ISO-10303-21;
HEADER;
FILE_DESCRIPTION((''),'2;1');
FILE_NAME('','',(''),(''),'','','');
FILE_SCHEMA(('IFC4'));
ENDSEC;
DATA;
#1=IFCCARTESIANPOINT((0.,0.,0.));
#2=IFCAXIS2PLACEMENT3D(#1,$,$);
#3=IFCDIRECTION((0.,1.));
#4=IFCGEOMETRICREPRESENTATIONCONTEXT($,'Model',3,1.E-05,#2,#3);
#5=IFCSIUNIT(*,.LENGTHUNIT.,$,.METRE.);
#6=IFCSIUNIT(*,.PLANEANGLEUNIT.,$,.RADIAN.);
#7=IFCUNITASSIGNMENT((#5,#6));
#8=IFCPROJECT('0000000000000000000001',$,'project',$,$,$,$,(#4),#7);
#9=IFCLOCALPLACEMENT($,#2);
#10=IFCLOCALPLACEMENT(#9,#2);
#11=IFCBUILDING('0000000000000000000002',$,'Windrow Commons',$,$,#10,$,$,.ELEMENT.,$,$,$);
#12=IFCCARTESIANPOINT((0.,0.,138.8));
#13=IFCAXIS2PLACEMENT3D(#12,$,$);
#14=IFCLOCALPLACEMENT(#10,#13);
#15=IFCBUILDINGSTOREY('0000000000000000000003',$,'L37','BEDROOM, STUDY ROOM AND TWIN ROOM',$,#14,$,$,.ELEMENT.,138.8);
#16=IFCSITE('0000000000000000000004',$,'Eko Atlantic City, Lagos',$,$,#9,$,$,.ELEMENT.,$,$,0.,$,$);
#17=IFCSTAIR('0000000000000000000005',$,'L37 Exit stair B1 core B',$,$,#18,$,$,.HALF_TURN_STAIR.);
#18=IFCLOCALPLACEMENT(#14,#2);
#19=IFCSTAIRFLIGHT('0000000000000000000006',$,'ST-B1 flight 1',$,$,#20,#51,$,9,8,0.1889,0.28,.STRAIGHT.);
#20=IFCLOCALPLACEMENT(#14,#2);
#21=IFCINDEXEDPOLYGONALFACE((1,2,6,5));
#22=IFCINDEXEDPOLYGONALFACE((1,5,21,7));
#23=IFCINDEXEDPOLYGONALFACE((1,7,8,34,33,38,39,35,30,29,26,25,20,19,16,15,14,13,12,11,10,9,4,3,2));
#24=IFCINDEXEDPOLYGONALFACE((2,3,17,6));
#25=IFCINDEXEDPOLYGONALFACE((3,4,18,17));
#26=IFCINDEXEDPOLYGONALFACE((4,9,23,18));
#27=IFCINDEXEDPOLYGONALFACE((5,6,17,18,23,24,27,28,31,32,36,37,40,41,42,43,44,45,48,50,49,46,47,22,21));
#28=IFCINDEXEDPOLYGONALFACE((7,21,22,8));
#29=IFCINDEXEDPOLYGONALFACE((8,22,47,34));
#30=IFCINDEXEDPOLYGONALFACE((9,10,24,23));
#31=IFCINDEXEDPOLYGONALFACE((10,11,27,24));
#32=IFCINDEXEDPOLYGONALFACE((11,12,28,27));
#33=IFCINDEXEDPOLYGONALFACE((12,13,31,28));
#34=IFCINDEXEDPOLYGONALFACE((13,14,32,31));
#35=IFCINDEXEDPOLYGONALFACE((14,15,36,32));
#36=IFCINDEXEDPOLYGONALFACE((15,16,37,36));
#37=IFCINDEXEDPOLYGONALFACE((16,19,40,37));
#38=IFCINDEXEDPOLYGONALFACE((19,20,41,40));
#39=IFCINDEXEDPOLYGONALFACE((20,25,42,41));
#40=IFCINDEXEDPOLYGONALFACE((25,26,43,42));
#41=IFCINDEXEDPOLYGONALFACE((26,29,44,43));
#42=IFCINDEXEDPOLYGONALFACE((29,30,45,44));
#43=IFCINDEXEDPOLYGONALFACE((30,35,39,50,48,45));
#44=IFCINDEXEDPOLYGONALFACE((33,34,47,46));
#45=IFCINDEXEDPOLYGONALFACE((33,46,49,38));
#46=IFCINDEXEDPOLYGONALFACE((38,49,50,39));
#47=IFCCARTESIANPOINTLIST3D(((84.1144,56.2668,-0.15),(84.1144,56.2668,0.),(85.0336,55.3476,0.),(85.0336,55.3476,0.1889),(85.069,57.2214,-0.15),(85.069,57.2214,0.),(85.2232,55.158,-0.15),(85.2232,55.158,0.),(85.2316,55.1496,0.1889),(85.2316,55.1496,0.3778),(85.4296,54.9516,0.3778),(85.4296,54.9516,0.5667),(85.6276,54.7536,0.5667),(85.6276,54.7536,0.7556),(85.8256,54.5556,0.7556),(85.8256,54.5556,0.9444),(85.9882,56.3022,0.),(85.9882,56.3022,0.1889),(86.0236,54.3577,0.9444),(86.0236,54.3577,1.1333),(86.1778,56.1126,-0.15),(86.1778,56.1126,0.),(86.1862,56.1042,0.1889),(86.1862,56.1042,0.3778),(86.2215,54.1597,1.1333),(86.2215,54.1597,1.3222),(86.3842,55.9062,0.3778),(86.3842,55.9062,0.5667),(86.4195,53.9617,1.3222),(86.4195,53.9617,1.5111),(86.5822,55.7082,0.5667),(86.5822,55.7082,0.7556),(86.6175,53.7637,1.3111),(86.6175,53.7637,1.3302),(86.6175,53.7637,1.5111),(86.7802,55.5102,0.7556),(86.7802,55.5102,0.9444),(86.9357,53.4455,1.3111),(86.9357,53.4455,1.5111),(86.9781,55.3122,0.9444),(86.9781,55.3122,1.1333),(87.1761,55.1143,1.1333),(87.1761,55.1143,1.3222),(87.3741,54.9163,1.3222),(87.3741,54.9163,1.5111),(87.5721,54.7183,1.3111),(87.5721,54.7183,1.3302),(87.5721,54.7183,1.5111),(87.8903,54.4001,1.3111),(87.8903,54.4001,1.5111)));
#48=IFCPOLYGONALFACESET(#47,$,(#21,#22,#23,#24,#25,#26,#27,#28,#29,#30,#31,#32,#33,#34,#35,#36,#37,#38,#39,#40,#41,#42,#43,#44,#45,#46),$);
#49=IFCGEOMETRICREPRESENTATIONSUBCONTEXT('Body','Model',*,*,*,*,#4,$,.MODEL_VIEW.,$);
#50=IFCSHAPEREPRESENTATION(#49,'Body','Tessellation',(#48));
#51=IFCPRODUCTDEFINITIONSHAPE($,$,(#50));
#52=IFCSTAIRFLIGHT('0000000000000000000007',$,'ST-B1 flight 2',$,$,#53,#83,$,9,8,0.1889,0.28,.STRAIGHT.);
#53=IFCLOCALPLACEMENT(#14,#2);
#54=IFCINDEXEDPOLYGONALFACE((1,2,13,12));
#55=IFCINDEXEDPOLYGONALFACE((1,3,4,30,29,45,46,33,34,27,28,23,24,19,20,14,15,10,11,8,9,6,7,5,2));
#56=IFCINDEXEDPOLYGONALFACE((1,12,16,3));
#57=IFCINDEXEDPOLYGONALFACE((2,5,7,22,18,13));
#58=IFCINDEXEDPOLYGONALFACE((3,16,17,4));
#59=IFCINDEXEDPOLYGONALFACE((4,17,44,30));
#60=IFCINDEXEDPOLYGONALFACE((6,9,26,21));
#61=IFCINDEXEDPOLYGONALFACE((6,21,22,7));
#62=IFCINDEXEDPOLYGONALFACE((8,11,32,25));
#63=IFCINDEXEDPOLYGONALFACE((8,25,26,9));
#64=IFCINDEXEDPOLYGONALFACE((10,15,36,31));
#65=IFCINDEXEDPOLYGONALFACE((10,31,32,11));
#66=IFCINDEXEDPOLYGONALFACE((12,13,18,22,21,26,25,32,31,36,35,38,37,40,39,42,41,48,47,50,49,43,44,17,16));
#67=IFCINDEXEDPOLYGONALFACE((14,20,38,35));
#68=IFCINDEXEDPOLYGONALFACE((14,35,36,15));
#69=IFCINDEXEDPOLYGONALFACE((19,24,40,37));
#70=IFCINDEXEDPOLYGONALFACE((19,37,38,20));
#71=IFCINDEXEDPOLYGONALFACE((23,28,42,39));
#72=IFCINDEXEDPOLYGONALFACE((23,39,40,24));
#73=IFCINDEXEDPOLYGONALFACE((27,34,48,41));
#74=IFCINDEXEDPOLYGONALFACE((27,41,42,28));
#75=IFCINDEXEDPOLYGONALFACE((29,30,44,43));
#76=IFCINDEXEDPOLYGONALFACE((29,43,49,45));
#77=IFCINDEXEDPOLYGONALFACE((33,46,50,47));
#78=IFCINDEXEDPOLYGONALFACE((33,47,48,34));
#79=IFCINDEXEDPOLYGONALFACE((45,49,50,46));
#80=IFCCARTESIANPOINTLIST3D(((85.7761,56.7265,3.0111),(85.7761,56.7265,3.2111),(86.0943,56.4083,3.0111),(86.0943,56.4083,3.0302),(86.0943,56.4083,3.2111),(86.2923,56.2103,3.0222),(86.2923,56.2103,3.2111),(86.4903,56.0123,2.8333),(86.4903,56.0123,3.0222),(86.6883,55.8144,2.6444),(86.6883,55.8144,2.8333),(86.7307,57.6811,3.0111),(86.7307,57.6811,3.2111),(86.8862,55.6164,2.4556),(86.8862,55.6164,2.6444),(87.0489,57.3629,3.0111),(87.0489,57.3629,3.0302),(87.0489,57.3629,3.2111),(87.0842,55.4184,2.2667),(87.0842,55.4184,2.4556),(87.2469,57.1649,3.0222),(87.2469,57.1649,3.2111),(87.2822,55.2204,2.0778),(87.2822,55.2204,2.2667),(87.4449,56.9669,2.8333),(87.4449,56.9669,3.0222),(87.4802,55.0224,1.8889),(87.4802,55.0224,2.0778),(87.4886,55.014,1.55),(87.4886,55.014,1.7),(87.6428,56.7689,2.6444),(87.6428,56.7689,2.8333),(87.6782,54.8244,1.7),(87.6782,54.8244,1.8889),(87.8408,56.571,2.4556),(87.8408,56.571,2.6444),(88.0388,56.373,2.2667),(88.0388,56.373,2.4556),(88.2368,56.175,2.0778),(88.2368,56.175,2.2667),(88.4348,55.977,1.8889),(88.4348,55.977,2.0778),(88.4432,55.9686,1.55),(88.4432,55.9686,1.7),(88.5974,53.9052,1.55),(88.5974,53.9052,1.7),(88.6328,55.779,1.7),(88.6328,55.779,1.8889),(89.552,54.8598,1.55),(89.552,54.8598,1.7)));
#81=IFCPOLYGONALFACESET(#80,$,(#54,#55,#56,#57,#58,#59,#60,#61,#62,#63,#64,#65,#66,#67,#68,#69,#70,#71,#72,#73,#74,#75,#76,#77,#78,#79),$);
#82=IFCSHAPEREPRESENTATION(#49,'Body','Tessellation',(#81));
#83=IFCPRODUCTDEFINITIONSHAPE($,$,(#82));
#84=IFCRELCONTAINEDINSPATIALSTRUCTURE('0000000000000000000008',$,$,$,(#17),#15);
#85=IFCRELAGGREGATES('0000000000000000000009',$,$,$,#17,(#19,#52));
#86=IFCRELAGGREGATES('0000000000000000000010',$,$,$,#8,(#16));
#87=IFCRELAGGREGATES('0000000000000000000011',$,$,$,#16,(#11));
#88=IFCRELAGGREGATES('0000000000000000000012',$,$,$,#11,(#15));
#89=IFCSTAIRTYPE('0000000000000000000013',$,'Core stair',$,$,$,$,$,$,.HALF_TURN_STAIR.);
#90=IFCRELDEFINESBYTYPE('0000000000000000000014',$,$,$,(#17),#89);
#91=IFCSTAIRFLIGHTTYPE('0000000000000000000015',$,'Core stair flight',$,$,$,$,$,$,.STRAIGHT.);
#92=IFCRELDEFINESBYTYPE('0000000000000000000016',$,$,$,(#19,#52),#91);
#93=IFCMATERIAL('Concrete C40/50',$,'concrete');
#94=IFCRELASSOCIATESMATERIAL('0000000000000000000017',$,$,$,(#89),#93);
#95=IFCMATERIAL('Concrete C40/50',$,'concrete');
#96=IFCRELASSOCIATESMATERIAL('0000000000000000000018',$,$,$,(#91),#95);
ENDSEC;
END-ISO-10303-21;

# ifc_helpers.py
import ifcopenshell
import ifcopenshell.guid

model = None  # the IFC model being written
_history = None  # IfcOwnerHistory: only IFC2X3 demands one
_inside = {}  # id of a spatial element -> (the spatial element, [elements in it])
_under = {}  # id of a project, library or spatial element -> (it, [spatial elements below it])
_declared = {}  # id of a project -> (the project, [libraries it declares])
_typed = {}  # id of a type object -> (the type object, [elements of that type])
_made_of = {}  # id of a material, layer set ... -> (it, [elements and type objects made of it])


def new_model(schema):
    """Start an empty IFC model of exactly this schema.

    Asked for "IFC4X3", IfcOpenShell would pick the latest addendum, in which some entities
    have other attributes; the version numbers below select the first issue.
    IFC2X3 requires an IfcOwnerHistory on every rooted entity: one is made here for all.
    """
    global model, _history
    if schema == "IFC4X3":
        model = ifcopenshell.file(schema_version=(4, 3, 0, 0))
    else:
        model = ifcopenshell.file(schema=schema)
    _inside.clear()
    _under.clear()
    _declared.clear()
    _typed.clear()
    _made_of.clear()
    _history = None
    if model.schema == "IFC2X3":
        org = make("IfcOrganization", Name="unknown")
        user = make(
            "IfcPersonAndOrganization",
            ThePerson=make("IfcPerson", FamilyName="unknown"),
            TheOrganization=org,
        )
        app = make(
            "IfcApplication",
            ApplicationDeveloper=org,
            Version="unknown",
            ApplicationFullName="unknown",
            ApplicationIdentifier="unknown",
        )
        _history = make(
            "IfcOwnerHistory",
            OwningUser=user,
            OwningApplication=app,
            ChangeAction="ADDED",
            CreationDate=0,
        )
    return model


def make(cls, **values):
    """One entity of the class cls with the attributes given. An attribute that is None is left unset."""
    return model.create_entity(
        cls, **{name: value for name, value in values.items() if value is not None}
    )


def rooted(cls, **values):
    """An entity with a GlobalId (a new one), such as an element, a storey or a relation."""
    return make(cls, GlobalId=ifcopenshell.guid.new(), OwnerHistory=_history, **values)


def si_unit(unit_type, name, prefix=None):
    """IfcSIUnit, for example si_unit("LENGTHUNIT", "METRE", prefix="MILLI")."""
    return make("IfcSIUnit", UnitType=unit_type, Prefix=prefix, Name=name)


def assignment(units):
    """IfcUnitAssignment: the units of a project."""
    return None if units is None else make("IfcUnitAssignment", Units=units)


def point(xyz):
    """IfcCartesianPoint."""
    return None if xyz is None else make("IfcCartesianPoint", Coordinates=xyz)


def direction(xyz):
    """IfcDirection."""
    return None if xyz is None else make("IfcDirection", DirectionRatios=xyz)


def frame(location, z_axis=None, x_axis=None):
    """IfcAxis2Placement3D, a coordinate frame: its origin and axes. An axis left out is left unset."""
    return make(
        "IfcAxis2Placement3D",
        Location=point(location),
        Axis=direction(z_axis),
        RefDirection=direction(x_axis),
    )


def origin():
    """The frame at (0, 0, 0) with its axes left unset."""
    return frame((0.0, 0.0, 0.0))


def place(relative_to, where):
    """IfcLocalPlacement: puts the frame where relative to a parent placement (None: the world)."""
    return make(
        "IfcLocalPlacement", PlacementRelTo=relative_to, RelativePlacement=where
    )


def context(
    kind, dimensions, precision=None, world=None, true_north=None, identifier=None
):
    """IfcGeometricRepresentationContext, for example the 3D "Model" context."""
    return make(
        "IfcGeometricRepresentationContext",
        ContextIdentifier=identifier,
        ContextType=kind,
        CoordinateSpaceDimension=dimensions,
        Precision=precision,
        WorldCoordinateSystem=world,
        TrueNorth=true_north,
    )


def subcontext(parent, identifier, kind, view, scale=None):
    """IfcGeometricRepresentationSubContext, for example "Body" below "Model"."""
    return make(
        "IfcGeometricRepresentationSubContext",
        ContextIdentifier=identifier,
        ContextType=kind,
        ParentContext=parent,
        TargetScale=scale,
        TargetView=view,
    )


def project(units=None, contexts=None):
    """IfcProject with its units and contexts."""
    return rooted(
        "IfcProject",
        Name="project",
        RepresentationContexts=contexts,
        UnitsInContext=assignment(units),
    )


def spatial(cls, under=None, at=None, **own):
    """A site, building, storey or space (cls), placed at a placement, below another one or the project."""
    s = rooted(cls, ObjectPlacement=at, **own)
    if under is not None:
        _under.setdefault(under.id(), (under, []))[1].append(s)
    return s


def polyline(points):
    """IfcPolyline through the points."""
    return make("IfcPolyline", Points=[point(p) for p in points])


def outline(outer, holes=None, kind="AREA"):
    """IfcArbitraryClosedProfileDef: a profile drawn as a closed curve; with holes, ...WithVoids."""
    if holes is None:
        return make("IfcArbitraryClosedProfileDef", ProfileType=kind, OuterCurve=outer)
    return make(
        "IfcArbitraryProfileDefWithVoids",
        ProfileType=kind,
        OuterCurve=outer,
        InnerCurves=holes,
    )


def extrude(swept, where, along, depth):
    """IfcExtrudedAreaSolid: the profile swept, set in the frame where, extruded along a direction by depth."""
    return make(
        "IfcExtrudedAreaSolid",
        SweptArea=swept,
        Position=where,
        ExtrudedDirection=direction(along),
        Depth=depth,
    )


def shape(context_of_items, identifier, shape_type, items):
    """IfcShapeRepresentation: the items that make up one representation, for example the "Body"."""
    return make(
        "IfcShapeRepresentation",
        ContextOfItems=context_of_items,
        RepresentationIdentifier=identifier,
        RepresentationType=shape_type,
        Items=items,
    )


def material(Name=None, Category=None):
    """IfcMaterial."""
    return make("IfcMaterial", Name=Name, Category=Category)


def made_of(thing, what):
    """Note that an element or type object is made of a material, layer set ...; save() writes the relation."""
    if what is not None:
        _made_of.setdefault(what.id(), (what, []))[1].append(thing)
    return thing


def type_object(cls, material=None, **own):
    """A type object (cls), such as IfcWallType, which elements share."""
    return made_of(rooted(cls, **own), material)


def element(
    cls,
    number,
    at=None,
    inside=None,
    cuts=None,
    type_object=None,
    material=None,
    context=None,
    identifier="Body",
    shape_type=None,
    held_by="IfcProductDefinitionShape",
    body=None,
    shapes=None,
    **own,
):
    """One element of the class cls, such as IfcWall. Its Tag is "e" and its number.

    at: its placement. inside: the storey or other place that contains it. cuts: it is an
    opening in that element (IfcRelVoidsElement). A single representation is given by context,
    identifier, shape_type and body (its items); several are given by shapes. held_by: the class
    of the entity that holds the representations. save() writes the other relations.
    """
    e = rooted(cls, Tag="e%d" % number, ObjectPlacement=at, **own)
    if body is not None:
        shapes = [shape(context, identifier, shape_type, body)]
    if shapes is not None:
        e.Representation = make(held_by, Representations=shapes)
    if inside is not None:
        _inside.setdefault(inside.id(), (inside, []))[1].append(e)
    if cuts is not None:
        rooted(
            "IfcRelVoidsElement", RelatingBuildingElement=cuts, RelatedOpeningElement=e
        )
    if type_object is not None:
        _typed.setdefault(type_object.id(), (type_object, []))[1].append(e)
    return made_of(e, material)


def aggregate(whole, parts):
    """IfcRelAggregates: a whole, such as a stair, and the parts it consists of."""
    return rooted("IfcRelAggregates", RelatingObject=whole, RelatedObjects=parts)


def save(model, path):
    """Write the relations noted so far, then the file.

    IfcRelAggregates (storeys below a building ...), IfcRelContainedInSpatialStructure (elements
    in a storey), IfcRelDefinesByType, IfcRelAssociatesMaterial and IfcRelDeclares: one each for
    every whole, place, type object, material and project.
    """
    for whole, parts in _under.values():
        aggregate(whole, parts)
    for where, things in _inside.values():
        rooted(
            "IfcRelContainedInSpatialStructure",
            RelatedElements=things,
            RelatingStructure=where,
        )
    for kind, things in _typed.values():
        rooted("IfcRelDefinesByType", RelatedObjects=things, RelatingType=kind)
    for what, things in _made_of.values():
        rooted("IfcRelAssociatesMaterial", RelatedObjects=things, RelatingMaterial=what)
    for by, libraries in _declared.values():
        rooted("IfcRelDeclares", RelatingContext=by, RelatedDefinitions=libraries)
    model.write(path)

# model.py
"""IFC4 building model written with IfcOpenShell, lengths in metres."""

from ifc_helpers import new_model, si_unit, direction, frame, origin, place, context, subcontext, project, spatial, polyline, outline, extrude, material, type_object, element, aggregate, save


model = new_model("IFC4")

# Units and contexts
model_context = context("Model", 3, precision=1e-05, world=origin(), true_north=direction((0.0, 1.0)))
body_context = subcontext(model_context, "Body", "Model", "MODEL_VIEW")
ifc_project = project(units=[si_unit("LENGTHUNIT", "METRE"), si_unit("PLANEANGLEUNIT", "RADIAN")], contexts=[model_context])

# Site, building, storey
site_placement = place(None, origin())
site = spatial("IfcSite", under=ifc_project, at=site_placement, Name="Eko Atlantic City, Lagos", CompositionType="ELEMENT", RefElevation=0.0)
building_placement = place(site_placement, origin())
building = spatial("IfcBuilding", under=site, at=building_placement, Name="Windrow Commons", CompositionType="ELEMENT")
storey_placement = place(building_placement, frame((0.0, 0.0, 138.8)))
storey = spatial("IfcBuildingStorey", under=building, at=storey_placement, Name="L37", Description="BEDROOM, STUDY ROOM AND TWIN ROOM", CompositionType="ELEMENT", Elevation=138.8)

# Stair, stair flights
ifc_material_1 = material(Name="Concrete C40/50", Category="concrete")
stair_type = type_object("IfcStairType", Name="Core stair", PredefinedType="HALF_TURN_STAIR", material=ifc_material_1)
stair_placement = place(storey_placement, origin())
stair = element("IfcStair", 1, at=stair_placement, inside=storey, type_object=stair_type, Name="L37 Exit stair B1 core B", PredefinedType="HALF_TURN_STAIR")
ifc_material_2 = material(Name="Concrete C40/50", Category="concrete")
stair_flight_type = type_object("IfcStairFlightType", Name="Core stair flight", PredefinedType="STRAIGHT", material=ifc_material_2)
stair_flight_1_placement = place(storey_placement, frame((85.5109, 55.8249, 0.0), z_axis=(0.0, 0.0, 1.0), x_axis=(0.707107, -0.707107, 0.0)))
stair_flight_1 = element("IfcStairFlight", 2, at=stair_flight_1_placement, type_object=stair_flight_type, Name="ST-B1 flight 1", NumberOfRisers=9, NumberOfTreads=8, PredefinedType="STRAIGHT", RiserHeight=0.1889, TreadLength=0.28, context=body_context, shape_type="SweptSolid", body=[
    extrude(outline(polyline([(-1.3, -0.15), (-1.3, 0.0), (0.0, 0.0), (0.0, 0.1889), (0.28, 0.1889), (0.28, 0.3778), (0.56, 0.3778), (0.56, 0.5667), (0.84, 0.5667), (0.84, 0.7556), (1.12, 0.7556), (1.12, 0.9444), (1.4, 0.9444), (1.4, 1.1333), (1.68, 1.1333), (1.68, 1.3222), (1.96, 1.3222), (1.96, 1.5111), (2.24, 1.5111), (2.69, 1.5111), (2.69, 1.3111), (2.24, 1.3111), (2.24, 1.3302), (0.2682, 0.0), (0.2682, -0.15), (-1.3, -0.15)])), frame((0.0, 0.675, 0.0), z_axis=(0.0, -1.0, 0.0), x_axis=(1.0, 0.0, 0.0)), (0.0, 0.0, 1.0), 1.35),
])
stair_flight_2_placement = place(storey_placement, frame((88.1555, 55.3017, 1.7), z_axis=(0.0, 0.0, 1.0), x_axis=(-0.707107, 0.707107, 0.0)))
stair_flight_2 = element("IfcStairFlight", 3, at=stair_flight_2_placement, type_object=stair_flight_type, Name="ST-B1 flight 2", NumberOfRisers=9, NumberOfTreads=8, PredefinedType="STRAIGHT", RiserHeight=0.1889, TreadLength=0.28, context=body_context, shape_type="SweptSolid", body=[
    extrude(outline(polyline([(-1.3, -0.15), (-1.3, 0.0), (0.0, 0.0), (0.0, 0.1889), (0.28, 0.1889), (0.28, 0.3778), (0.56, 0.3778), (0.56, 0.5667), (0.84, 0.5667), (0.84, 0.7556), (1.12, 0.7556), (1.12, 0.9444), (1.4, 0.9444), (1.4, 1.1333), (1.68, 1.1333), (1.68, 1.3222), (1.96, 1.3222), (1.96, 1.5111), (2.24, 1.5111), (2.69, 1.5111), (2.69, 1.3111), (2.24, 1.3111), (2.24, 1.3302), (0.2682, 0.0), (0.2682, -0.15), (-1.3, -0.15)])), frame((0.0, 0.675, 0.0), z_axis=(0.0, -1.0, 0.0), x_axis=(1.0, 0.0, 0.0)), (0.0, 0.0, 1.0), 1.35),
])
aggregate(stair, [stair_flight_1, stair_flight_2])

save(model, "model.ifc")
